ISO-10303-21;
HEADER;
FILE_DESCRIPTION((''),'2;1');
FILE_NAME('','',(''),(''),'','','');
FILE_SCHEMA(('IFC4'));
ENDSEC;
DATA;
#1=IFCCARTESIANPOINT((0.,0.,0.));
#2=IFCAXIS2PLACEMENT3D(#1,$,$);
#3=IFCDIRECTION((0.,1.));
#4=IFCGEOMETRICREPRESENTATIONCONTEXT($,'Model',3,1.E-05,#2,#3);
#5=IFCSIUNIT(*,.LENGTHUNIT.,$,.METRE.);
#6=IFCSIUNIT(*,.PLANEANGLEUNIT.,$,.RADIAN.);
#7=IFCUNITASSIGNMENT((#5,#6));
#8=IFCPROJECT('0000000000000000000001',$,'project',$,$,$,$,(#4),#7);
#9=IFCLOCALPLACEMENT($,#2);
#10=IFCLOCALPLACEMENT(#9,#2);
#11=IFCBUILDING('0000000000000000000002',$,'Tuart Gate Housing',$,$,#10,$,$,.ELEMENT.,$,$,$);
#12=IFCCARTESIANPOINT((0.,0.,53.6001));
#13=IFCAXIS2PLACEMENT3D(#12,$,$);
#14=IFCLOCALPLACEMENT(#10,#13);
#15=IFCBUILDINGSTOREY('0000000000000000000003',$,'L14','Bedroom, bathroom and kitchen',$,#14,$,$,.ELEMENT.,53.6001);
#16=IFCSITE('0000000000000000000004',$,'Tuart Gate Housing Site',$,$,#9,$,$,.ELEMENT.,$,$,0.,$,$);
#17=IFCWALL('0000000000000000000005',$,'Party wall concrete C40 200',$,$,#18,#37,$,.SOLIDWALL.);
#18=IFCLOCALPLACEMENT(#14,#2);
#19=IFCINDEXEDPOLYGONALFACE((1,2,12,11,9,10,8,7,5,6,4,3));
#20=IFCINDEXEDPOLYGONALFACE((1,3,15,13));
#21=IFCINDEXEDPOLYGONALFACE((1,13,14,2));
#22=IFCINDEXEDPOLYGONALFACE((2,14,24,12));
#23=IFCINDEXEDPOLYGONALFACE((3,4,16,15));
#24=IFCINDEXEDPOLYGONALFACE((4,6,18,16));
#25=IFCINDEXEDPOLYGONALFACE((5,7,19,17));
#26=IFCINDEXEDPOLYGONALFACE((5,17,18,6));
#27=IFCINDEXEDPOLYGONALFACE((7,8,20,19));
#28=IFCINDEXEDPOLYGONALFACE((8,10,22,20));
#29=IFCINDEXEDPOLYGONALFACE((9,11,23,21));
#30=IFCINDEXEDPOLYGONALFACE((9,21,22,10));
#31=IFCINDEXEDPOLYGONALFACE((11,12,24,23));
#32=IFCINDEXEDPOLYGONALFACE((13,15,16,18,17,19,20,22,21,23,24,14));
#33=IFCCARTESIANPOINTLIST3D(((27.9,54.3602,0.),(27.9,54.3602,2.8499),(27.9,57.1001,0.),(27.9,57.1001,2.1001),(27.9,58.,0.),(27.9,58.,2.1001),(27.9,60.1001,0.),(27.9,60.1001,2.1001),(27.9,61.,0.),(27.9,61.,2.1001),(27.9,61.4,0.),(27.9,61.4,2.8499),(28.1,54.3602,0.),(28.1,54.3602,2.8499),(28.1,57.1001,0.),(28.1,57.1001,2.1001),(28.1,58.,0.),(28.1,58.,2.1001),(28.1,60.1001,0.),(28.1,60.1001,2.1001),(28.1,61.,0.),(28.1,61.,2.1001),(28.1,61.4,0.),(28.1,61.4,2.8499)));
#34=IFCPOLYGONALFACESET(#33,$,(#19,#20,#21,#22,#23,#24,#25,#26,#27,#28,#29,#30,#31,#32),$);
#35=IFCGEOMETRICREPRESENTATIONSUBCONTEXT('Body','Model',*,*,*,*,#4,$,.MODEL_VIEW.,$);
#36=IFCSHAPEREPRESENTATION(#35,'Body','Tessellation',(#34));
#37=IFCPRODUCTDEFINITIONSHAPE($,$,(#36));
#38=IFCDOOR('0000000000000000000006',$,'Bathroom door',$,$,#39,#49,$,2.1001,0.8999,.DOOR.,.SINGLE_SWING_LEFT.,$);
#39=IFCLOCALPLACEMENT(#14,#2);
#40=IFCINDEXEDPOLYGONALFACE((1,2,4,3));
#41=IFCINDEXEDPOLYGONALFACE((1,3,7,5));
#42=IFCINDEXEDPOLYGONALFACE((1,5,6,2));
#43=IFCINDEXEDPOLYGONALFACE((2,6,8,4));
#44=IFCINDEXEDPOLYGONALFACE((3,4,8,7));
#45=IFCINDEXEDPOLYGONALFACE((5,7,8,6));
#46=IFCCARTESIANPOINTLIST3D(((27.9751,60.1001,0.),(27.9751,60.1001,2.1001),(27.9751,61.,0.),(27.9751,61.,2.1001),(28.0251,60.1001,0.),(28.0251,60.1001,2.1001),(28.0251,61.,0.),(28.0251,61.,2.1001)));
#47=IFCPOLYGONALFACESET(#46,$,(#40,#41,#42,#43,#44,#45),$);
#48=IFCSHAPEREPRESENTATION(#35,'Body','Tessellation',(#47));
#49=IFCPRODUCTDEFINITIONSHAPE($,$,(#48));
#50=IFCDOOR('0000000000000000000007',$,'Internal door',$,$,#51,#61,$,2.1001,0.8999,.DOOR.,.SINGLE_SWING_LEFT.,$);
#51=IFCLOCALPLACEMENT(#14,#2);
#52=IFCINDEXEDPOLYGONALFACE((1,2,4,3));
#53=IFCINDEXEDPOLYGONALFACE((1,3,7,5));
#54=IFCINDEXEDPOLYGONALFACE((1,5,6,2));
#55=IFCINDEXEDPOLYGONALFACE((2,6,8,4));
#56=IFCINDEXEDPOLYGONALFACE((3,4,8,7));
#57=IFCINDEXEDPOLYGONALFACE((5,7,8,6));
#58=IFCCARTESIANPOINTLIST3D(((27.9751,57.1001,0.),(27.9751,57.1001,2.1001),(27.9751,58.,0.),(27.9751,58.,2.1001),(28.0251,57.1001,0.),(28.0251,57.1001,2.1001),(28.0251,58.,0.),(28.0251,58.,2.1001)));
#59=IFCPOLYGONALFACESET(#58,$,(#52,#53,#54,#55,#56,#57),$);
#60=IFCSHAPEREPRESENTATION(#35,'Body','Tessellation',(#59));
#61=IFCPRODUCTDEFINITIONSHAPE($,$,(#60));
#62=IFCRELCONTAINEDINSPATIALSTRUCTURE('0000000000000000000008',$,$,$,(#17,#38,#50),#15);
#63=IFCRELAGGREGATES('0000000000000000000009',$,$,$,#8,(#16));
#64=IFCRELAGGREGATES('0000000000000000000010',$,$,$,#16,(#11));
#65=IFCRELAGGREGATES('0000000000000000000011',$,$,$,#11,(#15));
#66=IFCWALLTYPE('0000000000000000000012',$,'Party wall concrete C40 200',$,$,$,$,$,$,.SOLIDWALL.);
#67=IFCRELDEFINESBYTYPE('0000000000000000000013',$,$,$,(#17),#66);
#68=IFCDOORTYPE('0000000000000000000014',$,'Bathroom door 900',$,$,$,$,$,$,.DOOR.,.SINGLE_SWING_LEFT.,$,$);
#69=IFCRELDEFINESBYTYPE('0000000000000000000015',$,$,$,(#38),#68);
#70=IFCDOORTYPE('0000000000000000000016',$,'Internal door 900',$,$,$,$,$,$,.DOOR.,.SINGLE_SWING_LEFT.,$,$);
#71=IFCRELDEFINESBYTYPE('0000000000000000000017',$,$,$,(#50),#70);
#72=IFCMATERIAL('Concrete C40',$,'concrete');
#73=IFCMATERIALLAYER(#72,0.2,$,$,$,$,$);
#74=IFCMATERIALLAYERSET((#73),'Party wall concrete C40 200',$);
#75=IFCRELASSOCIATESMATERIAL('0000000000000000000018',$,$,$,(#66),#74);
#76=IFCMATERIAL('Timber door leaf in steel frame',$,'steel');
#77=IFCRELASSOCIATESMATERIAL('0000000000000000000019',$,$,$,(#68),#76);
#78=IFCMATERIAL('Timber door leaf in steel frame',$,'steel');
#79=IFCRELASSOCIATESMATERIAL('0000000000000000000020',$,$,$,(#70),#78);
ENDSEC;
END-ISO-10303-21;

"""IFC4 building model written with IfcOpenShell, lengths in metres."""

from ifc_helpers import new_model, si_unit, direction, frame, frame_2d, origin, place, context, subcontext, project, spatial, rectangle, extrude, material, layer, layer_set, type_object, element, fill, save


model = new_model("IFC4")

# Units and contexts
model_context = context("Model", 3, precision=1e-05, world=origin(), true_north=direction((0.0, 1.0)))
body_context = subcontext(model_context, "Body", "Model", "MODEL_VIEW")
ifc_project = project(units=[si_unit("LENGTHUNIT", "METRE"), si_unit("PLANEANGLEUNIT", "RADIAN")], contexts=[model_context])

# Site, building, storey
site_placement = place(None, origin())
site = spatial("IfcSite", under=ifc_project, at=site_placement, Name="Tuart Gate Housing Site", CompositionType="ELEMENT", RefElevation=0.0)
building_placement = place(site_placement, origin())
building = spatial("IfcBuilding", under=site, at=building_placement, Name="Tuart Gate Housing", CompositionType="ELEMENT")
storey_placement = place(building_placement, frame((0.0, 0.0, 53.6001)))
storey = spatial("IfcBuildingStorey", under=building, at=storey_placement, Name="L14", Description="Bedroom, bathroom and kitchen", CompositionType="ELEMENT", Elevation=53.6001)

# Wall, openings, doors
ifc_material_1 = material(Name="Concrete C40", Category="concrete")
ifc_layer = layer(ifc_material_1, 0.2)
ifc_layer_set = layer_set([ifc_layer], Name="Party wall concrete C40 200")
wall_type = type_object("IfcWallType", Name="Party wall concrete C40 200", PredefinedType="SOLIDWALL", material=ifc_layer_set)
wall_placement = place(storey_placement, frame((28.0, 54.3601, 0.0), z_axis=(0.0, 0.0, 1.0), x_axis=(0.0, 1.0, 0.0)))
wall = element("IfcWall", 1, at=wall_placement, inside=storey, type_object=wall_type, Name="Party wall concrete C40 200", PredefinedType="SOLIDWALL", context=body_context, shape_type="SweptSolid", body=[
    extrude(rectangle(XDim=7.0398, YDim=0.2, at=frame_2d((3.52, 0.0))), origin(), (0.0, 0.0, 1.0), 2.8499),
])
opening_1_placement = place(wall_placement, frame((2.74, 0.0, 0.0)))
opening_1 = element("IfcOpeningElement", 2, at=opening_1_placement, cuts=wall, PredefinedType="OPENING", context=body_context, shape_type="SweptSolid", body=[
    extrude(rectangle(XDim=0.8999, YDim=2.1001, at=frame_2d((0.45, 1.05))), frame((0.0, 0.1099, 0.0), z_axis=(0.0, -1.0, 0.0), x_axis=(1.0, 0.0, 0.0)), (0.0, 0.0, 1.0), 0.22),
])
opening_2_placement = place(wall_placement, frame((5.74, 0.0, 0.0)))
opening_2 = element("IfcOpeningElement", 3, at=opening_2_placement, cuts=wall, PredefinedType="OPENING", context=body_context, shape_type="SweptSolid", body=[
    extrude(rectangle(XDim=0.8999, YDim=2.1001, at=frame_2d((0.45, 1.05))), frame((0.0, 0.1099, 0.0), z_axis=(0.0, -1.0, 0.0), x_axis=(1.0, 0.0, 0.0)), (0.0, 0.0, 1.0), 0.22),
])
ifc_material_2 = material(Name="Timber door leaf in steel frame", Category="steel")
door_type_1 = type_object("IfcDoorType", Name="Bathroom door 900", OperationType="SINGLE_SWING_LEFT", PredefinedType="DOOR", material=ifc_material_2)
door_1_placement = place(opening_2_placement, frame((0.8999, 0.0, 0.0), z_axis=(0.0, 0.0, 1.0), x_axis=(-1.0, 0.0, 0.0)))
door_1 = element("IfcDoor", 4, at=door_1_placement, inside=storey, type_object=door_type_1, Name="Bathroom door", OperationType="SINGLE_SWING_LEFT", OverallHeight=2.1001, OverallWidth=0.8999, PredefinedType="DOOR", context=body_context, shape_type="SweptSolid", body=[
    extrude(rectangle(XDim=0.8999, YDim=2.1001, at=frame_2d((0.45, 1.05))), frame((0.0, 0.0251, 0.0), z_axis=(0.0, -1.0, 0.0), x_axis=(1.0, 0.0, 0.0)), (0.0, 0.0, 1.0), 0.05),
])
fill(opening_2, door_1)
ifc_material_3 = material(Name="Timber door leaf in steel frame", Category="steel")
door_type_2 = type_object("IfcDoorType", Name="Internal door 900", OperationType="SINGLE_SWING_LEFT", PredefinedType="DOOR", material=ifc_material_3)
door_2_placement = place(opening_1_placement, frame((0.8999, 0.0, 0.0), z_axis=(0.0, 0.0, 1.0), x_axis=(-1.0, 0.0, 0.0)))
door_2 = element("IfcDoor", 5, at=door_2_placement, inside=storey, type_object=door_type_2, Name="Internal door", OperationType="SINGLE_SWING_LEFT", OverallHeight=2.1001, OverallWidth=0.8999, PredefinedType="DOOR", context=body_context, shape_type="SweptSolid", body=[
    extrude(rectangle(XDim=0.8999, YDim=2.1001, at=frame_2d((0.45, 1.05))), frame((0.0, 0.0251, 0.0), z_axis=(0.0, -1.0, 0.0), x_axis=(1.0, 0.0, 0.0)), (0.0, 0.0, 1.0), 0.05),
])
fill(opening_1, door_2)

save(model, "model.ifc")
